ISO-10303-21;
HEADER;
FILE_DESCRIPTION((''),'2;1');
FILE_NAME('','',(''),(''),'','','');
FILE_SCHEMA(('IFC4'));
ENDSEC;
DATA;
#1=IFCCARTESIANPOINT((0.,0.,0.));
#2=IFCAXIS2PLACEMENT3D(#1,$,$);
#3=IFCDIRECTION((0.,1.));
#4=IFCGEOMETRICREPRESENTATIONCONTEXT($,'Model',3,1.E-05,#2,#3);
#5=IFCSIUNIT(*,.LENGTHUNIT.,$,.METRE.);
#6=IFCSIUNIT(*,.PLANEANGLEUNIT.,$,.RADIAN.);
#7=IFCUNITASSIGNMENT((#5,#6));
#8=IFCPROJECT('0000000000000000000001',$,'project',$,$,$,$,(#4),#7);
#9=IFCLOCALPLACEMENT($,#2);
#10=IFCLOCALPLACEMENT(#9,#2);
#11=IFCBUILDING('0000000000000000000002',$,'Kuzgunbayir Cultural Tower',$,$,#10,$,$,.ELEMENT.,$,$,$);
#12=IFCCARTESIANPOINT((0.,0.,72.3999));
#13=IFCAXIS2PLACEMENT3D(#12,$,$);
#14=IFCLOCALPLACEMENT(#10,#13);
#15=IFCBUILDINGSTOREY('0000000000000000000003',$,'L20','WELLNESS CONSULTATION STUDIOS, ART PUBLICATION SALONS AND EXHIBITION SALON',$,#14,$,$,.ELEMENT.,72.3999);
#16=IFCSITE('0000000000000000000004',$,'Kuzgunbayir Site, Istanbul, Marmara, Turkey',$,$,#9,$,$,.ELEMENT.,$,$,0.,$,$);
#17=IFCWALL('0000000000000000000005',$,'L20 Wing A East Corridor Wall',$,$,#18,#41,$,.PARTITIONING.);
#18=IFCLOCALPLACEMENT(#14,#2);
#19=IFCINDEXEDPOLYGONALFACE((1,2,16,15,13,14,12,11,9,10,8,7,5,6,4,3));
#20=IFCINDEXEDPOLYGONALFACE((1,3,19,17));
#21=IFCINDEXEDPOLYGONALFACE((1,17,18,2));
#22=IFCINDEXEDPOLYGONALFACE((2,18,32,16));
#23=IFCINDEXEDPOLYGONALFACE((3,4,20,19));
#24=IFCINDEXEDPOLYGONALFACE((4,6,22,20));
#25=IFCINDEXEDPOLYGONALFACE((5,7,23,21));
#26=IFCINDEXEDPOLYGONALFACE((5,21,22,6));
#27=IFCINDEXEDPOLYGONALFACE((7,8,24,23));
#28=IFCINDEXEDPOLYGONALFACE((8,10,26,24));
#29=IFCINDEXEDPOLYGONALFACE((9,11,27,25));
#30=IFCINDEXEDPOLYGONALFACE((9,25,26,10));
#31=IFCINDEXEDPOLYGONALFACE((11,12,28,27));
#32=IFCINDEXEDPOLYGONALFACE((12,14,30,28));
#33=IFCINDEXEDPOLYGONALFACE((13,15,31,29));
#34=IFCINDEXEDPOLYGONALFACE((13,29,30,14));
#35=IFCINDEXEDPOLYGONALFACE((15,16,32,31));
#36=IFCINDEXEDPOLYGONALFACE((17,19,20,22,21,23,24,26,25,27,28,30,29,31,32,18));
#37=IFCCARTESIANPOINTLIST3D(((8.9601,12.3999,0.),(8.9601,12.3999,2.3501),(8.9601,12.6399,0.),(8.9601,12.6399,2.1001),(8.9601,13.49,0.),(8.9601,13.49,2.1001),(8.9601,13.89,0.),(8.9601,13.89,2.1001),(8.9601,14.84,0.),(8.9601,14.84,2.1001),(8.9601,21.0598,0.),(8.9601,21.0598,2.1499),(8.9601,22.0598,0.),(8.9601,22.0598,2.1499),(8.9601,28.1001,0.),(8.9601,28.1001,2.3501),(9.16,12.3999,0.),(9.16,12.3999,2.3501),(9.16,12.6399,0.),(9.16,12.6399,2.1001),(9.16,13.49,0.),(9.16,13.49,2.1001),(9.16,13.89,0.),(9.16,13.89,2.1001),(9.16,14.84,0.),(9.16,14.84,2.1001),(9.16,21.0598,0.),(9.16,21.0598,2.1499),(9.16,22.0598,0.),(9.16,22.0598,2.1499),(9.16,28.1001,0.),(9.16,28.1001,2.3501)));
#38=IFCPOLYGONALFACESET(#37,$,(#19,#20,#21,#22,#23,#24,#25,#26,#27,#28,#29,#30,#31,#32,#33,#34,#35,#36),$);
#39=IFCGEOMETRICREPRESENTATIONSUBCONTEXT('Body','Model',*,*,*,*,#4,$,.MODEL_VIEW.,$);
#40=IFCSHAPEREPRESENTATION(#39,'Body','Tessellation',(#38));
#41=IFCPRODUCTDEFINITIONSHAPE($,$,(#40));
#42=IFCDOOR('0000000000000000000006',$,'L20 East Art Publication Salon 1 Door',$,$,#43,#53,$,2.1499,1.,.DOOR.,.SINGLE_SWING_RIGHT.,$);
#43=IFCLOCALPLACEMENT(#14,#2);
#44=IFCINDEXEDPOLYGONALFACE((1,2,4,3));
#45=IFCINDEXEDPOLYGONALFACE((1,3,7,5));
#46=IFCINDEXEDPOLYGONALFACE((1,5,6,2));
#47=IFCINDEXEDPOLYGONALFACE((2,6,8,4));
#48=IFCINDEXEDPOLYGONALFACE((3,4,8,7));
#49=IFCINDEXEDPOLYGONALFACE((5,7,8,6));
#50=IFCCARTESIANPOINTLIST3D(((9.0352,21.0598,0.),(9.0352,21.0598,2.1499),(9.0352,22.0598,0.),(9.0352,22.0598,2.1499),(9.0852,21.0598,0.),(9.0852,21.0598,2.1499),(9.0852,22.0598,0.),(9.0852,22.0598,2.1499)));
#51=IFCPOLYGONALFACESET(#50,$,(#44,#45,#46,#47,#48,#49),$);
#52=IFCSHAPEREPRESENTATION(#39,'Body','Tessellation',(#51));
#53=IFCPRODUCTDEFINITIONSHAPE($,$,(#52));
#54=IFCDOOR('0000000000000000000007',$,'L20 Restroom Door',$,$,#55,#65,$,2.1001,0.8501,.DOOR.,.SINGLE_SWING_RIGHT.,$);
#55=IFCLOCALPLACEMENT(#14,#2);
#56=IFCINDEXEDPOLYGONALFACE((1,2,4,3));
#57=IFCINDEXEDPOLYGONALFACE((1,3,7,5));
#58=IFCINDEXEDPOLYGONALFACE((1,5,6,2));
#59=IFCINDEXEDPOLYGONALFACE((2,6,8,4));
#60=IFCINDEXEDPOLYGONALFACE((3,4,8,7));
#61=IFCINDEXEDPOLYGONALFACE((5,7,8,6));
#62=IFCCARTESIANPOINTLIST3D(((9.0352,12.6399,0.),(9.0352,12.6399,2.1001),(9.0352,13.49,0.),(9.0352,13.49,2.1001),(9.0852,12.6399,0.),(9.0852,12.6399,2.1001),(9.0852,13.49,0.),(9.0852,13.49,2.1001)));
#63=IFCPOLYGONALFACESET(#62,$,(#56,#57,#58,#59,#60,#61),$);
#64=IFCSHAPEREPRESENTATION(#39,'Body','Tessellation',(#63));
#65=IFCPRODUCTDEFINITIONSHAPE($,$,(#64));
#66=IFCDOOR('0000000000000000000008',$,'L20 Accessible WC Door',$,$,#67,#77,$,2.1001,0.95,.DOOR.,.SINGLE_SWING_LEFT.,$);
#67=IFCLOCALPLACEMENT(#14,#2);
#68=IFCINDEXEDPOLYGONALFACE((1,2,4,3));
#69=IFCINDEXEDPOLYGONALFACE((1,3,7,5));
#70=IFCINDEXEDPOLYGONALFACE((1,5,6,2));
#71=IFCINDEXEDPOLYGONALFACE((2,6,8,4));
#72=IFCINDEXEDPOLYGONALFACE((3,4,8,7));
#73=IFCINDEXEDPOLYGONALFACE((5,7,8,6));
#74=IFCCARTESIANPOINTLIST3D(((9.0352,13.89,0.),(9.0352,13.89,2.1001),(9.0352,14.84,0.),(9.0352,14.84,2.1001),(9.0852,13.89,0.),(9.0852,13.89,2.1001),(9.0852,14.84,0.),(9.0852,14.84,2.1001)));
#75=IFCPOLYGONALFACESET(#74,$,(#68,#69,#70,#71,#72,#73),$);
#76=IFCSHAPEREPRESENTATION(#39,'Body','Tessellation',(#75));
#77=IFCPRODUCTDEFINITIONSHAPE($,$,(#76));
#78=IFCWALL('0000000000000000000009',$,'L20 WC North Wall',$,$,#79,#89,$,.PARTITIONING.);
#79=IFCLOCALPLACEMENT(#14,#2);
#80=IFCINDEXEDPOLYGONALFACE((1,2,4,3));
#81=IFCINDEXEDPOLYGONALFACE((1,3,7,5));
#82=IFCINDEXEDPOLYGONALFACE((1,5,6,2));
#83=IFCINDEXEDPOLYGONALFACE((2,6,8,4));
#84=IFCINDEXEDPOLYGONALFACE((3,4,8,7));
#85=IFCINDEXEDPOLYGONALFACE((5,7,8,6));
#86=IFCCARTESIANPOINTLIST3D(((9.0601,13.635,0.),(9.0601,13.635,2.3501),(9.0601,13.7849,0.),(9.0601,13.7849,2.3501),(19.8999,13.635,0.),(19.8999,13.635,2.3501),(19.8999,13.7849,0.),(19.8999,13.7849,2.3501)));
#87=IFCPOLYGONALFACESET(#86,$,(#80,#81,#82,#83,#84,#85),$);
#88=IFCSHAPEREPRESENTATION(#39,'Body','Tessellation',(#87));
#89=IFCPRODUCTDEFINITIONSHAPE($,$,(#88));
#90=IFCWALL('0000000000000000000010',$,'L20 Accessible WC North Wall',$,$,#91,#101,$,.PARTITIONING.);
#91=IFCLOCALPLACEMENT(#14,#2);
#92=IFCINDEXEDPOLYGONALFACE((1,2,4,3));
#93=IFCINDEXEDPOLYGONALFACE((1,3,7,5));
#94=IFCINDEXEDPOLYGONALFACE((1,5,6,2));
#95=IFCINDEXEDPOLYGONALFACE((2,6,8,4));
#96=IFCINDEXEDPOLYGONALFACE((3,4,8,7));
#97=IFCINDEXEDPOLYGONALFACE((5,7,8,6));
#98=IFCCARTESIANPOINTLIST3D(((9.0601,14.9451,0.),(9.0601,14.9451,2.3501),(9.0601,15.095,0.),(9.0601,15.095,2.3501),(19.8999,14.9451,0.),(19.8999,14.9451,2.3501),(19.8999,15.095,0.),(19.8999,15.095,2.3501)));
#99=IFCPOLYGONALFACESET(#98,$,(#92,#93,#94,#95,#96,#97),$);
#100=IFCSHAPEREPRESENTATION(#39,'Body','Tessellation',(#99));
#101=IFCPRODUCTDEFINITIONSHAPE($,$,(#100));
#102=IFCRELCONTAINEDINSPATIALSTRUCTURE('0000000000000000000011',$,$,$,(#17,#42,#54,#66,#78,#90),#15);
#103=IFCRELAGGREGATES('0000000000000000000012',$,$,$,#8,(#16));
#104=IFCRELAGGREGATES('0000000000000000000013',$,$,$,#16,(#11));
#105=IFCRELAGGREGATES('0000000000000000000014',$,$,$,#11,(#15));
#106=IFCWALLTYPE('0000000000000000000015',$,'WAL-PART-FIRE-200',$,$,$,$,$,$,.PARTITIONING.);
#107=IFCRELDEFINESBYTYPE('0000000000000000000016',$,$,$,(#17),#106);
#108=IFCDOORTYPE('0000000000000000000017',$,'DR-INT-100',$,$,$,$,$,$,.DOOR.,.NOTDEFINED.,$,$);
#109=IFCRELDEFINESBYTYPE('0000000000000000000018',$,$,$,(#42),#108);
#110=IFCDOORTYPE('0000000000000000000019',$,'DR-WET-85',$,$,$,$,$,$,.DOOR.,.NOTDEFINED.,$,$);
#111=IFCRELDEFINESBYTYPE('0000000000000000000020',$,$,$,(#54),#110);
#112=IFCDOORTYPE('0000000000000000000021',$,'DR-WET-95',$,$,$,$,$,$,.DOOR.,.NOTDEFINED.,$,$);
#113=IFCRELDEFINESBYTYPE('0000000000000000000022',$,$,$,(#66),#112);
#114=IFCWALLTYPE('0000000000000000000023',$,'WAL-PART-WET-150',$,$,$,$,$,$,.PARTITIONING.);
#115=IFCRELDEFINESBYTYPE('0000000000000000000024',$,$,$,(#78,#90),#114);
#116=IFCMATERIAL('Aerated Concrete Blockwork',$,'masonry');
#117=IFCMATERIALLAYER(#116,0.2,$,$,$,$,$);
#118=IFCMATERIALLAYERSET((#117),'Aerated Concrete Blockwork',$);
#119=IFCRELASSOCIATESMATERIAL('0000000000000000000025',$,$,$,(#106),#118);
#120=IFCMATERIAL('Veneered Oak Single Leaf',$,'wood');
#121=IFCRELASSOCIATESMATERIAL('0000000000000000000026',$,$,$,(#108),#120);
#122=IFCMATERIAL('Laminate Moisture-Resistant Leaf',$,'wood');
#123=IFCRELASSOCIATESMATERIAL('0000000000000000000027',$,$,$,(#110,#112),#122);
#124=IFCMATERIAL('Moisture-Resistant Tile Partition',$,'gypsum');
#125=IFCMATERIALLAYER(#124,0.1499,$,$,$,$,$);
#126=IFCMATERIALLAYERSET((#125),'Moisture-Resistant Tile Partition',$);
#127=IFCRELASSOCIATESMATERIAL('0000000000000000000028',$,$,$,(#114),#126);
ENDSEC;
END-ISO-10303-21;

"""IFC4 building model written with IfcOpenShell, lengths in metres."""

from ifc_helpers import new_model, si_unit, direction, frame, frame_2d, origin, place, context, subcontext, project, spatial, rectangle, extrude, material, layer, layer_set, type_object, element, fill, save


model = new_model("IFC4")

# Units and contexts
model_context = context("Model", 3, precision=1e-05, world=origin(), true_north=direction((0.0, 1.0)))
body_context = subcontext(model_context, "Body", "Model", "MODEL_VIEW")
ifc_project = project(units=[si_unit("LENGTHUNIT", "METRE"), si_unit("PLANEANGLEUNIT", "RADIAN")], contexts=[model_context])

# Site, building, storey
site_placement = place(None, origin())
site = spatial("IfcSite", under=ifc_project, at=site_placement, Name="Kuzgunbayir Site, Istanbul, Marmara, Turkey", CompositionType="ELEMENT", RefElevation=0.0)
building_placement = place(site_placement, origin())
building = spatial("IfcBuilding", under=site, at=building_placement, Name="Kuzgunbayir Cultural Tower", CompositionType="ELEMENT")
storey_placement = place(building_placement, frame((0.0, 0.0, 72.3999)))
storey = spatial("IfcBuildingStorey", under=building, at=storey_placement, Name="L20", Description="WELLNESS CONSULTATION STUDIOS, ART PUBLICATION SALONS AND EXHIBITION SALON", CompositionType="ELEMENT", Elevation=72.3999)

# Wall, openings, doors
ifc_material_1 = material(Name="Aerated Concrete Blockwork", Category="masonry")
ifc_layer_1 = layer(ifc_material_1, 0.2)
ifc_layer_set_1 = layer_set([ifc_layer_1], Name="Aerated Concrete Blockwork")
wall_type_1 = type_object("IfcWallType", Name="WAL-PART-FIRE-200", PredefinedType="PARTITIONING", material=ifc_layer_set_1)
ifc_material_2 = material(Name="Veneered Oak Single Leaf", Category="wood")
wall_1_placement = place(storey_placement, frame((9.0601, 12.3999, 0.0), z_axis=(0.0, 0.0, 1.0), x_axis=(0.0, 1.0, 0.0)))
wall_1 = element("IfcWall", 1, at=wall_1_placement, inside=storey, type_object=wall_type_1, Name="L20 Wing A East Corridor Wall", PredefinedType="PARTITIONING", context=body_context, shape_type="SweptSolid", body=[
    extrude(rectangle(XDim=15.7002, YDim=0.2, at=frame_2d((7.8501, 0.0))), origin(), (0.0, 0.0, 1.0), 2.3501),
])
opening_1_placement = place(wall_1_placement, frame((0.24, 0.0, 0.0)))
opening_1 = element("IfcOpeningElement", 2, at=opening_1_placement, cuts=wall_1, PredefinedType="OPENING", context=body_context, shape_type="SweptSolid", body=[
    extrude(rectangle(XDim=0.8501, YDim=2.1001, at=frame_2d((0.425, 1.05))), frame((0.0, 0.1099, 0.0), z_axis=(0.0, -1.0, 0.0), x_axis=(1.0, 0.0, 0.0)), (0.0, 0.0, 1.0), 0.22),
])
opening_2_placement = place(wall_1_placement, frame((1.49, 0.0, 0.0)))
opening_2 = element("IfcOpeningElement", 3, at=opening_2_placement, cuts=wall_1, PredefinedType="OPENING", context=body_context, shape_type="SweptSolid", body=[
    extrude(rectangle(XDim=0.95, YDim=2.1001, at=frame_2d((0.4751, 1.05))), frame((0.0, 0.1099, 0.0), z_axis=(0.0, -1.0, 0.0), x_axis=(1.0, 0.0, 0.0)), (0.0, 0.0, 1.0), 0.22),
])
opening_3_placement = place(wall_1_placement, frame((8.6599, 0.0, 0.0)))
opening_3 = element("IfcOpeningElement", 4, at=opening_3_placement, cuts=wall_1, PredefinedType="OPENING", context=body_context, shape_type="SweptSolid", body=[
    extrude(rectangle(XDim=1.0, YDim=2.1499, at=frame_2d((0.5, 1.075))), frame((0.0, 0.1099, 0.0), z_axis=(0.0, -1.0, 0.0), x_axis=(1.0, 0.0, 0.0)), (0.0, 0.0, 1.0), 0.22),
])
door_type_1 = type_object("IfcDoorType", Name="DR-INT-100", OperationType="NOTDEFINED", PredefinedType="DOOR", material=ifc_material_2)
door_1_placement = place(opening_3_placement, origin())
door_1 = element("IfcDoor", 5, at=door_1_placement, inside=storey, type_object=door_type_1, Name="L20 East Art Publication Salon 1 Door", OperationType="SINGLE_SWING_RIGHT", OverallHeight=2.1499, OverallWidth=1.0, PredefinedType="DOOR", context=body_context, shape_type="SweptSolid", body=[
    extrude(rectangle(XDim=1.0, YDim=2.1499, at=frame_2d((0.5, 1.075))), frame((0.0, 0.0249, 0.0), z_axis=(0.0, -1.0, 0.0), x_axis=(1.0, 0.0, 0.0)), (0.0, 0.0, 1.0), 0.05),
])
fill(opening_3, door_1)
ifc_material_3 = material(Name="Laminate Moisture-Resistant Leaf", Category="wood")
door_type_2 = type_object("IfcDoorType", Name="DR-WET-85", OperationType="NOTDEFINED", PredefinedType="DOOR", material=ifc_material_3)
door_2_placement = place(opening_1_placement, origin())
door_2 = element("IfcDoor", 6, at=door_2_placement, inside=storey, type_object=door_type_2, Name="L20 Restroom Door", OperationType="SINGLE_SWING_RIGHT", OverallHeight=2.1001, OverallWidth=0.8501, PredefinedType="DOOR", context=body_context, shape_type="SweptSolid", body=[
    extrude(rectangle(XDim=0.8501, YDim=2.1001, at=frame_2d((0.425, 1.05))), frame((0.0, 0.0249, 0.0), z_axis=(0.0, -1.0, 0.0), x_axis=(1.0, 0.0, 0.0)), (0.0, 0.0, 1.0), 0.05),
])
fill(opening_1, door_2)
door_type_3 = type_object("IfcDoorType", Name="DR-WET-95", OperationType="NOTDEFINED", PredefinedType="DOOR", material=ifc_material_3)
door_3_placement = place(opening_2_placement, origin())
door_3 = element("IfcDoor", 7, at=door_3_placement, inside=storey, type_object=door_type_3, Name="L20 Accessible WC Door", OperationType="SINGLE_SWING_LEFT", OverallHeight=2.1001, OverallWidth=0.95, PredefinedType="DOOR", context=body_context, shape_type="SweptSolid", body=[
    extrude(rectangle(XDim=0.95, YDim=2.1001, at=frame_2d((0.4751, 1.05))), frame((0.0, 0.0249, 0.0), z_axis=(0.0, -1.0, 0.0), x_axis=(1.0, 0.0, 0.0)), (0.0, 0.0, 1.0), 0.05),
])
fill(opening_2, door_3)

# Walls
ifc_material_4 = material(Name="Moisture-Resistant Tile Partition", Category="gypsum")
ifc_layer_2 = layer(ifc_material_4, 0.1499)
ifc_layer_set_2 = layer_set([ifc_layer_2], Name="Moisture-Resistant Tile Partition")
wall_type_2 = type_object("IfcWallType", Name="WAL-PART-WET-150", PredefinedType="PARTITIONING", material=ifc_layer_set_2)
for number, where, z_axis, x_axis, name in (
    (8, (9.0601, 13.71, 0.0), (0.0, 0.0, 1.0), (1.0, 0.0, 0.0), "L20 WC North Wall"),
    (9, (9.0601, 15.02, 0.0), (0.0, 0.0, 1.0), (1.0, 0.0, 0.0), "L20 Accessible WC North Wall"),
):
    element("IfcWall", number, at=place(storey_placement, frame(where, z_axis=z_axis, x_axis=x_axis)), inside=storey, type_object=wall_type_2, Name=name, PredefinedType="PARTITIONING", context=body_context, shape_type="SweptSolid", body=[
        extrude(rectangle(XDim=10.8398, YDim=0.1499, at=frame_2d((5.4199, 0.0))), origin(), (0.0, 0.0, 1.0), 2.3501),
    ])

save(model, "model.ifc")
